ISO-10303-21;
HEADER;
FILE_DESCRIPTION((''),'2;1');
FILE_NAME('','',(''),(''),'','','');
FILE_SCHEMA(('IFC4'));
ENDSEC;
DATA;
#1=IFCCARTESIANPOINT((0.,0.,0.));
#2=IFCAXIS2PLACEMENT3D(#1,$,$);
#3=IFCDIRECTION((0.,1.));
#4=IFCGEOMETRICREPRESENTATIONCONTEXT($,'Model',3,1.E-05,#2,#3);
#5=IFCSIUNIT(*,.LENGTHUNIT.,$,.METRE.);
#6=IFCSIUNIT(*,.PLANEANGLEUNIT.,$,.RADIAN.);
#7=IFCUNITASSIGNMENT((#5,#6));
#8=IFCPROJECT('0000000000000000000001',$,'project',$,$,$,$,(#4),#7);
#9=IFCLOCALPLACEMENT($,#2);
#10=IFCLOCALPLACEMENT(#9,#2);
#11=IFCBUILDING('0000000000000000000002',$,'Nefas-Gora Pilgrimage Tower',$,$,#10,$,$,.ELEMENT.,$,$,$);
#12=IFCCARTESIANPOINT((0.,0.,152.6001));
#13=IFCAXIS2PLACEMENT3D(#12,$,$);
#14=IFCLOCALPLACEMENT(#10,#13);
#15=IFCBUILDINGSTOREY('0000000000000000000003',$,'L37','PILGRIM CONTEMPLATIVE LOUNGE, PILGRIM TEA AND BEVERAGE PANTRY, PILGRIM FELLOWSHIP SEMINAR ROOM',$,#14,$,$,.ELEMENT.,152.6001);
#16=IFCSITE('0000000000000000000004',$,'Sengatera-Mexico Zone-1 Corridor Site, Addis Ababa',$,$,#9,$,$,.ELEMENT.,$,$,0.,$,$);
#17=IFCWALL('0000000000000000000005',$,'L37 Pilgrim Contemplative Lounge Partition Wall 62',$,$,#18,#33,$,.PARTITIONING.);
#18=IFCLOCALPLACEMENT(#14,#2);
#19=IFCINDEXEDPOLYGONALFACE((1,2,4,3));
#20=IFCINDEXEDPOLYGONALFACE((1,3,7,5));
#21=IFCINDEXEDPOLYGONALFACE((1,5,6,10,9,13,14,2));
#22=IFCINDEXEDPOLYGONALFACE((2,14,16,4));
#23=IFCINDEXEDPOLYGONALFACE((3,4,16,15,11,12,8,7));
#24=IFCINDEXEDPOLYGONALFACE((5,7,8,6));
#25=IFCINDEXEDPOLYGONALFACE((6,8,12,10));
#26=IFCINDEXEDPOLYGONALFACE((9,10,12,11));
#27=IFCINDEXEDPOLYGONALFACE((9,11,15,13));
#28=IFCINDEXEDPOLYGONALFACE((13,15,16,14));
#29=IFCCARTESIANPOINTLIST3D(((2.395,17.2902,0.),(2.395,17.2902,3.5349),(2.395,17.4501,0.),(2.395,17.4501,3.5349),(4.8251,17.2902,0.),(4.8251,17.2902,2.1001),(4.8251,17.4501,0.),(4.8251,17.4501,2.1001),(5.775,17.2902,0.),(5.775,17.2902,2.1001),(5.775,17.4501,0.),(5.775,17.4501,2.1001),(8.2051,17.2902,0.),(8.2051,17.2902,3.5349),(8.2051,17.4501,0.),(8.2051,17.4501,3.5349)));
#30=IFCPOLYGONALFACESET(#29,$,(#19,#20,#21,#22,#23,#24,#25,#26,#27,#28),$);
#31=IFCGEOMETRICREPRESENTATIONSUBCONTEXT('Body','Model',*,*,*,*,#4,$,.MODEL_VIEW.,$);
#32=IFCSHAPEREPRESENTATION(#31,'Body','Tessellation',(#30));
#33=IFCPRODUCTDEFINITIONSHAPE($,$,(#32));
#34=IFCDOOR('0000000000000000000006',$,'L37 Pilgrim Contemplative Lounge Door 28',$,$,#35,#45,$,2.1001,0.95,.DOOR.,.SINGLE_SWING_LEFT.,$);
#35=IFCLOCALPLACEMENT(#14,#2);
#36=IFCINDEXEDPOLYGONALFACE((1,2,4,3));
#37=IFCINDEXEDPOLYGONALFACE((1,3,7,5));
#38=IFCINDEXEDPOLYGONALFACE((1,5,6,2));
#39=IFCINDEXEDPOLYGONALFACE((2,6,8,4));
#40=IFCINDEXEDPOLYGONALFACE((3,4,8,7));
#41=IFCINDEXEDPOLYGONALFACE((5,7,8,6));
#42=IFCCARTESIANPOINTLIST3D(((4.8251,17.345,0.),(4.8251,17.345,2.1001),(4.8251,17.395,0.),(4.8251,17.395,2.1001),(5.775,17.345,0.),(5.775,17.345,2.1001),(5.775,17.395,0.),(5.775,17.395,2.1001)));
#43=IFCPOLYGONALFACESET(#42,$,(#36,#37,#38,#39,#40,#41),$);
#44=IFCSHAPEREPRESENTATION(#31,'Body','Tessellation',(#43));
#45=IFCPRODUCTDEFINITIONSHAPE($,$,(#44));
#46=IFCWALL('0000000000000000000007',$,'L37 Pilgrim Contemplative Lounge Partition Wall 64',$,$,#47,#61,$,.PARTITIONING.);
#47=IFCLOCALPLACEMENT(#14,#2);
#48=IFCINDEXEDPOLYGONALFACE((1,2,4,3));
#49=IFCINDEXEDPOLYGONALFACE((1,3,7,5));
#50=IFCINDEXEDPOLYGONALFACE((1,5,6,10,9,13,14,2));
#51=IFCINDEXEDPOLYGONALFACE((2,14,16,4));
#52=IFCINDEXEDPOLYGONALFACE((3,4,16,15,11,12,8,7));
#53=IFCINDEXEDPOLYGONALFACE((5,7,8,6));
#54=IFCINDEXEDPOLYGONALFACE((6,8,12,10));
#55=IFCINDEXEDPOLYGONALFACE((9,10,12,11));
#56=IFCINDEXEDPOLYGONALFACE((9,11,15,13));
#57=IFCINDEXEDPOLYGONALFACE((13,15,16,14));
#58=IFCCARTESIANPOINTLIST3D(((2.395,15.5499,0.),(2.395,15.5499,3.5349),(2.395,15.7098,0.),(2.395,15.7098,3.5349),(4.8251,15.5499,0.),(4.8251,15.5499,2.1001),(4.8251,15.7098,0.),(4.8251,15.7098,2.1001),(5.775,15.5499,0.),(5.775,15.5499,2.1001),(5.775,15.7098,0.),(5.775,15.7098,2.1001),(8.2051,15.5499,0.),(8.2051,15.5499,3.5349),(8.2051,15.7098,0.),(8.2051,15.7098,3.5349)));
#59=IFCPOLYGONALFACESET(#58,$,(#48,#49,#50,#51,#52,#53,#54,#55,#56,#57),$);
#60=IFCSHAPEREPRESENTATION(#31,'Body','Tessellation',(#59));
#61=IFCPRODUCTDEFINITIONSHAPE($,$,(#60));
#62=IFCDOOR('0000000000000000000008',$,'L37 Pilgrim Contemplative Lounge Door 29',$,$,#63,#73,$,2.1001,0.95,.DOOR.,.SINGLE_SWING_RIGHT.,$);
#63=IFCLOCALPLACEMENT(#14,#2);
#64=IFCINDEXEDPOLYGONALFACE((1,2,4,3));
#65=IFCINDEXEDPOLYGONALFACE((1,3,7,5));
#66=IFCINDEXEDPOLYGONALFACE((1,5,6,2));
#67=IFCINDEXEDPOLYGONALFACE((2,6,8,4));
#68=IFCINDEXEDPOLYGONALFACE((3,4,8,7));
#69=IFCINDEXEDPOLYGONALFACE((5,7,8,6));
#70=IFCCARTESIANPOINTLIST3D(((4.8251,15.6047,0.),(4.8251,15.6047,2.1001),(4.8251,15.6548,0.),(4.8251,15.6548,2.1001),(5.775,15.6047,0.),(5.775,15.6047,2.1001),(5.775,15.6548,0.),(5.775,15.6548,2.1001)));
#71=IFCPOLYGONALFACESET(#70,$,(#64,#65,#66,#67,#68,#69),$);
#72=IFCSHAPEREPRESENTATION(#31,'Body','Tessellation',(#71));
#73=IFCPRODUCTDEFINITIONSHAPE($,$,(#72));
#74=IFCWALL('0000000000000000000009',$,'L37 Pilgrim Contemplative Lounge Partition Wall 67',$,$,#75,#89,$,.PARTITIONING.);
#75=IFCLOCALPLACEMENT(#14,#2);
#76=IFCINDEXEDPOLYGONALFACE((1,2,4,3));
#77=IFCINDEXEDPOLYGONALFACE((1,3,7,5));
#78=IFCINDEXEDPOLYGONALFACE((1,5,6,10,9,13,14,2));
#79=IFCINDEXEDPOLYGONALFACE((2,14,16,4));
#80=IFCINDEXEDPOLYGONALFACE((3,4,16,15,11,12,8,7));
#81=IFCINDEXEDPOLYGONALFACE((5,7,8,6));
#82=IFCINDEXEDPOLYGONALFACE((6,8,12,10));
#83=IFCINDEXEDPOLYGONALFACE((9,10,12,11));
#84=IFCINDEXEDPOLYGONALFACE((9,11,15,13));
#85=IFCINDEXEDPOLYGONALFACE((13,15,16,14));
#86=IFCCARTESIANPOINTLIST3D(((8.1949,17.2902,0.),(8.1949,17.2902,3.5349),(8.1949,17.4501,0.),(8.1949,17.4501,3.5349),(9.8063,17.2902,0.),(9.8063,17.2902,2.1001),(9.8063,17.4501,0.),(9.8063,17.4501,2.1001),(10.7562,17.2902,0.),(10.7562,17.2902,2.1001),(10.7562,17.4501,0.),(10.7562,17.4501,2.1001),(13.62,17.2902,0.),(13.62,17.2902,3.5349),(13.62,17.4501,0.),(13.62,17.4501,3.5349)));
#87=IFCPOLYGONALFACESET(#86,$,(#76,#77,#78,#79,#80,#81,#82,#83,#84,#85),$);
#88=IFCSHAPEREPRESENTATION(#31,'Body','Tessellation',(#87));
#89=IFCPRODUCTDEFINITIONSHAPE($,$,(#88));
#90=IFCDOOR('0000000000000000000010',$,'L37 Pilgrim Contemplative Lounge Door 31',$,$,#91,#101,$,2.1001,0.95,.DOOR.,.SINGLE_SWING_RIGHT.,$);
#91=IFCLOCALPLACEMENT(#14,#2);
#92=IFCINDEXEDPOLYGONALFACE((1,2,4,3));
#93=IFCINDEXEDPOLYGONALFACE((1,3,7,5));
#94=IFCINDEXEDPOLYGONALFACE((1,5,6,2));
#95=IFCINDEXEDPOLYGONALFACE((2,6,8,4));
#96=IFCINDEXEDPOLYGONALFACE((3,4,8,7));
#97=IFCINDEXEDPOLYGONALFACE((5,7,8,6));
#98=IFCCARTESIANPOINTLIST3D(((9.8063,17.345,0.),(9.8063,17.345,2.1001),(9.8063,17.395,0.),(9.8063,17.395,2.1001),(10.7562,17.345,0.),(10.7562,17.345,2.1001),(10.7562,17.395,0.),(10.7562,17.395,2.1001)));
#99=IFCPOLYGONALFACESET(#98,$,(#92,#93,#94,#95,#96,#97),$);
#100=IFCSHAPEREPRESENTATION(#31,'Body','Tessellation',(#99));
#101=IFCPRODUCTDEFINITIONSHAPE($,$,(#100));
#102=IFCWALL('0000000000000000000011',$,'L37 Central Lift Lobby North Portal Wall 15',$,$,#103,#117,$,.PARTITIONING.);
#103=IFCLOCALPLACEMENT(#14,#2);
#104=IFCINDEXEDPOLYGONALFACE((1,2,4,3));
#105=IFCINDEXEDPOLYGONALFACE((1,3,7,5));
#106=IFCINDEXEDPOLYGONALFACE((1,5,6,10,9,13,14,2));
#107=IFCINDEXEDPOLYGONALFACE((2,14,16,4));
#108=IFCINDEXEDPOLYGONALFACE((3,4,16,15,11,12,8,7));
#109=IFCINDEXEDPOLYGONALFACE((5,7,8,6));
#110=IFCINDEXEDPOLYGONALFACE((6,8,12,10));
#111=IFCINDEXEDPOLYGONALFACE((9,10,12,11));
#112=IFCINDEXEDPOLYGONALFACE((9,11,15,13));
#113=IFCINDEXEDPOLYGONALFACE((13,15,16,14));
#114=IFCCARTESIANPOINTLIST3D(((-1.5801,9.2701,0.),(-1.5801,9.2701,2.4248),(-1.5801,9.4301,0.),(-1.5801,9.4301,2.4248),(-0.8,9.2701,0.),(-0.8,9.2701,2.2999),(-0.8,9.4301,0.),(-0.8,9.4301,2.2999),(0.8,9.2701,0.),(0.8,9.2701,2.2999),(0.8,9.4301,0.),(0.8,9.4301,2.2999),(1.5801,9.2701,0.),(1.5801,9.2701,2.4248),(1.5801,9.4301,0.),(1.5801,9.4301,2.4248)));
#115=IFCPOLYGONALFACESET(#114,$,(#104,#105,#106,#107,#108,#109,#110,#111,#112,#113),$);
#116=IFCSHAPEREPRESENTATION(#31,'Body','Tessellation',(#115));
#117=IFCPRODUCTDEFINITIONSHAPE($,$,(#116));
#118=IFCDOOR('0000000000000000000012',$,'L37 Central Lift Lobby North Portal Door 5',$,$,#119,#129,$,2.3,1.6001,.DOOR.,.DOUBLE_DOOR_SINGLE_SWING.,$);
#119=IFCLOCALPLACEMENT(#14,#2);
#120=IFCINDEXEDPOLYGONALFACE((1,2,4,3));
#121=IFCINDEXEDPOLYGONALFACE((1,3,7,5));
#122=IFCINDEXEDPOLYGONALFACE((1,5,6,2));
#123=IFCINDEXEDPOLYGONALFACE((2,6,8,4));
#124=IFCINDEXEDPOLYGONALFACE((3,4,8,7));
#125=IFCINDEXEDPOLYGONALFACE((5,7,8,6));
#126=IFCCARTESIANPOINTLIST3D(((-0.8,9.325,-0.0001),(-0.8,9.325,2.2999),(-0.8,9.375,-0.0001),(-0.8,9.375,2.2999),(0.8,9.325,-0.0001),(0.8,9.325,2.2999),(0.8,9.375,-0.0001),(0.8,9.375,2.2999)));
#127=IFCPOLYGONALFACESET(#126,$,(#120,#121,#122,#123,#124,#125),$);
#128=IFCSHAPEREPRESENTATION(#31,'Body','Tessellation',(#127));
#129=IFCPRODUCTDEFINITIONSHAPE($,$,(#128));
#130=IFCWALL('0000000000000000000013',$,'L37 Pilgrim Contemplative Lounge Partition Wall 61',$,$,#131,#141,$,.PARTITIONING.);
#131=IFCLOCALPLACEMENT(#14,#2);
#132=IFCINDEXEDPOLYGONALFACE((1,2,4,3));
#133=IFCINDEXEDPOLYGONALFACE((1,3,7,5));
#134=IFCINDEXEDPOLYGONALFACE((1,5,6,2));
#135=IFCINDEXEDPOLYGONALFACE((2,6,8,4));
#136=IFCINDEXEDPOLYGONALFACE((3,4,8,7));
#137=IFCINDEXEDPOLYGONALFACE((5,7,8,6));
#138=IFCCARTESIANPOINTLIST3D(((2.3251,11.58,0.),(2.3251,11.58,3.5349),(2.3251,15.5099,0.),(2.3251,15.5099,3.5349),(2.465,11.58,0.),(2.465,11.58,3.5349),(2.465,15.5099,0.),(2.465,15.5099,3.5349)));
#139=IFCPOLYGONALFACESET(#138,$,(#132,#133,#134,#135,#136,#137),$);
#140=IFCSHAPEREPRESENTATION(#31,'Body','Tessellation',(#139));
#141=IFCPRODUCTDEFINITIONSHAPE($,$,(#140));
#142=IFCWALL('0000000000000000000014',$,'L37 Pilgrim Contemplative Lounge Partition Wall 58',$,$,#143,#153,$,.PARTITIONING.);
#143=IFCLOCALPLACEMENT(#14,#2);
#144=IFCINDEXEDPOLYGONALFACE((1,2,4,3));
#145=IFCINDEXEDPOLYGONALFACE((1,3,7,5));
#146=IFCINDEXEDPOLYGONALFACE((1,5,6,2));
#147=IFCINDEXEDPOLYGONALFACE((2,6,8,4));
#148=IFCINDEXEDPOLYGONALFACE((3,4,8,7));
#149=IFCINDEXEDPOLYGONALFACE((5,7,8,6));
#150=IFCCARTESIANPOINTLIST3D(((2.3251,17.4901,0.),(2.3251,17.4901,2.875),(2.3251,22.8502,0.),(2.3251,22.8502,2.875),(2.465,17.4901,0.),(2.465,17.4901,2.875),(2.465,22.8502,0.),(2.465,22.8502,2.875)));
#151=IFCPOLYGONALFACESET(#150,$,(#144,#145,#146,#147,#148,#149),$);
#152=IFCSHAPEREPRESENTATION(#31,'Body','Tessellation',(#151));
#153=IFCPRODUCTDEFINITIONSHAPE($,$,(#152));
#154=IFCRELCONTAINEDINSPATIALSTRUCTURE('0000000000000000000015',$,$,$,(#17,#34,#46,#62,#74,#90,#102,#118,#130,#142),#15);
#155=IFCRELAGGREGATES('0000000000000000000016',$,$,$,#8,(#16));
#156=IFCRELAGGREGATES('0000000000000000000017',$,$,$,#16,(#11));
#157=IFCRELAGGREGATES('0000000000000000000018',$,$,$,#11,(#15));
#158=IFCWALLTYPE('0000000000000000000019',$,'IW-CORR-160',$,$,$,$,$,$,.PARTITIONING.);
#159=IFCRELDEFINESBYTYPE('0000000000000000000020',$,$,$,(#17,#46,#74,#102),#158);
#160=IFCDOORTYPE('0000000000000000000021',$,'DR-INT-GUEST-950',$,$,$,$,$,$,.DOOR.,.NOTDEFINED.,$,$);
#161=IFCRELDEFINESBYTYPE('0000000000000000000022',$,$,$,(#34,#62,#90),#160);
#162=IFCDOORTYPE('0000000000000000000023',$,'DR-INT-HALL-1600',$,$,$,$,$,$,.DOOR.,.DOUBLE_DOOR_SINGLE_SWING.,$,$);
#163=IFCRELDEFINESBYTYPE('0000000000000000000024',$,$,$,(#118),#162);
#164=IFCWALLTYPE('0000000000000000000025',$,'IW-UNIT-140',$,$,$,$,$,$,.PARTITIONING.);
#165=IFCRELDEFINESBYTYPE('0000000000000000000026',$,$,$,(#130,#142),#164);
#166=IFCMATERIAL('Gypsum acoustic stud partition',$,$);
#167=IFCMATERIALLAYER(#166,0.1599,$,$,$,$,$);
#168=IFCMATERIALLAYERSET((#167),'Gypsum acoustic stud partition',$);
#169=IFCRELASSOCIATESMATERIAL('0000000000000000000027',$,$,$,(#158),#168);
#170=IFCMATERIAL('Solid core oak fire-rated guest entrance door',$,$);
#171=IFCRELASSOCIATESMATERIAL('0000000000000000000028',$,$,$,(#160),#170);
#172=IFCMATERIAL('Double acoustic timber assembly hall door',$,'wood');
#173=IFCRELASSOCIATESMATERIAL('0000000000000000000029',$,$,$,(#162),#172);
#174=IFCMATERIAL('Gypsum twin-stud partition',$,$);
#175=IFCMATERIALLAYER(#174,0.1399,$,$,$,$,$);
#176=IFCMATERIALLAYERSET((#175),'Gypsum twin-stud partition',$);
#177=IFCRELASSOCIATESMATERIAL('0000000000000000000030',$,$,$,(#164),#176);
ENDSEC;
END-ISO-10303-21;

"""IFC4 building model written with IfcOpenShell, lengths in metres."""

from ifc_helpers import new_model, si_unit, direction, frame, frame_2d, origin, place, context, subcontext, project, spatial, rectangle, extrude, source, transform, mapped, material, layer, layer_set, type_object, element, fill, save


model = new_model("IFC4")

# Units and contexts
model_context = context("Model", 3, precision=1e-05, world=origin(), true_north=direction((0.0, 1.0)))
body_context = subcontext(model_context, "Body", "Model", "MODEL_VIEW")
ifc_project = project(units=[si_unit("LENGTHUNIT", "METRE"), si_unit("PLANEANGLEUNIT", "RADIAN")], contexts=[model_context])

# Site, building, storey
site_placement = place(None, origin())
site = spatial("IfcSite", under=ifc_project, at=site_placement, Name="Sengatera-Mexico Zone-1 Corridor Site, Addis Ababa", CompositionType="ELEMENT", RefElevation=0.0)
building_placement = place(site_placement, origin())
building = spatial("IfcBuilding", under=site, at=building_placement, Name="Nefas-Gora Pilgrimage Tower", CompositionType="ELEMENT")
storey_placement = place(building_placement, frame((0.0, 0.0, 152.6001)))
storey = spatial("IfcBuildingStorey", under=building, at=storey_placement, Name="L37", Description="PILGRIM CONTEMPLATIVE LOUNGE, PILGRIM TEA AND BEVERAGE PANTRY, PILGRIM FELLOWSHIP SEMINAR ROOM", CompositionType="ELEMENT", Elevation=152.6001)

# Walls, openings, doors
ifc_material_1 = material(Name="Gypsum acoustic stud partition")
ifc_layer_1 = layer(ifc_material_1, 0.1599)
ifc_layer_set_1 = layer_set([ifc_layer_1], Name="Gypsum acoustic stud partition")
wall_type_1 = type_object("IfcWallType", Name="IW-CORR-160", PredefinedType="PARTITIONING", material=ifc_layer_set_1)
shared_shape_1 = source(origin(), body_context, "Body", "SweptSolid", [
    extrude(rectangle(XDim=5.8101, YDim=0.1599, at=frame_2d((2.905, 0.0))), origin(), (0.0, 0.0, 1.0), 3.5349),
])
wall_1_placement = place(storey_placement, frame((2.395, 17.3701, 0.0), z_axis=(0.0, 0.0, 1.0), x_axis=(1.0, 0.0, 0.0)))
wall_1 = element("IfcWall", 1, at=wall_1_placement, inside=storey, type_object=wall_type_1, Name="L37 Pilgrim Contemplative Lounge Partition Wall 62", PredefinedType="PARTITIONING", context=body_context, shape_type="MappedRepresentation", body=[
    mapped(shared_shape_1, transform((0.0, 0.0, 0.0), x_axis=(1.0, 0.0, 0.0), y_axis=(0.0, 1.0, 0.0), z_axis=(0.0, 0.0, 1.0), scale=1.0)),
])
opening_1_placement = place(wall_1_placement, frame((2.4299, 0.0, 0.0)))
opening_1 = element("IfcOpeningElement", 2, at=opening_1_placement, cuts=wall_1, PredefinedType="OPENING", context=body_context, shape_type="SweptSolid", body=[
    extrude(rectangle(XDim=0.95, YDim=2.1001, at=frame_2d((0.4751, 1.05))), frame((0.0, 0.0898, 0.0), z_axis=(0.0, -1.0, 0.0), x_axis=(1.0, 0.0, 0.0)), (0.0, 0.0, 1.0), 0.1799),
])
ifc_material_2 = material(Name="Solid core oak fire-rated guest entrance door")
door_type_1 = type_object("IfcDoorType", Name="DR-INT-GUEST-950", OperationType="NOTDEFINED", PredefinedType="DOOR", material=ifc_material_2)
shared_shape_2 = source(origin(), body_context, "Body", "SweptSolid", [
    extrude(rectangle(XDim=0.95, YDim=2.1001, at=frame_2d((0.4751, 1.05))), frame((0.0, 0.0249, 0.0), z_axis=(0.0, -1.0, 0.0), x_axis=(1.0, 0.0, 0.0)), (0.0, 0.0, 1.0), 0.05),
])
door_1_placement = place(opening_1_placement, origin())
door_1 = element("IfcDoor", 3, at=door_1_placement, inside=storey, type_object=door_type_1, Name="L37 Pilgrim Contemplative Lounge Door 28", OperationType="SINGLE_SWING_LEFT", OverallHeight=2.1001, OverallWidth=0.95, PredefinedType="DOOR", context=body_context, shape_type="MappedRepresentation", body=[
    mapped(shared_shape_2, transform((0.0, 0.0, 0.0), x_axis=(1.0, 0.0, 0.0), y_axis=(0.0, 1.0, 0.0), z_axis=(0.0, 0.0, 1.0), scale=1.0)),
])
fill(opening_1, door_1)
wall_2_placement = place(storey_placement, frame((2.395, 15.6299, 0.0), z_axis=(0.0, 0.0, 1.0), x_axis=(1.0, 0.0, 0.0)))
wall_2 = element("IfcWall", 4, at=wall_2_placement, inside=storey, type_object=wall_type_1, Name="L37 Pilgrim Contemplative Lounge Partition Wall 64", PredefinedType="PARTITIONING", context=body_context, shape_type="MappedRepresentation", body=[
    mapped(shared_shape_1, transform((0.0, 0.0, 0.0), x_axis=(1.0, 0.0, 0.0), y_axis=(0.0, 1.0, 0.0), z_axis=(0.0, 0.0, 1.0), scale=1.0)),
])
opening_2_placement = place(wall_2_placement, frame((2.4299, 0.0, 0.0)))
opening_2 = element("IfcOpeningElement", 5, at=opening_2_placement, cuts=wall_2, PredefinedType="OPENING", context=body_context, shape_type="SweptSolid", body=[
    extrude(rectangle(XDim=0.95, YDim=2.1001, at=frame_2d((0.4751, 1.05))), frame((0.0, 0.0898, 0.0), z_axis=(0.0, -1.0, 0.0), x_axis=(1.0, 0.0, 0.0)), (0.0, 0.0, 1.0), 0.1799),
])
door_2_placement = place(opening_2_placement, origin())
door_2 = element("IfcDoor", 6, at=door_2_placement, inside=storey, type_object=door_type_1, Name="L37 Pilgrim Contemplative Lounge Door 29", OperationType="SINGLE_SWING_RIGHT", OverallHeight=2.1001, OverallWidth=0.95, PredefinedType="DOOR", context=body_context, shape_type="MappedRepresentation", body=[
    mapped(shared_shape_2, transform((0.0, 0.0, 0.0), x_axis=(1.0, 0.0, 0.0), y_axis=(0.0, 1.0, 0.0), z_axis=(0.0, 0.0, 1.0), scale=1.0)),
])
fill(opening_2, door_2)
shared_shape_3 = source(origin(), body_context, "Body", "SweptSolid", [
    extrude(rectangle(XDim=5.425, YDim=0.1599, at=frame_2d((2.7124, 0.0))), origin(), (0.0, 0.0, 1.0), 3.5349),
])
wall_3_placement = place(storey_placement, frame((8.1951, 17.3701, 0.0), z_axis=(0.0, 0.0, 1.0), x_axis=(1.0, 0.0, 0.0)))
wall_3 = element("IfcWall", 7, at=wall_3_placement, inside=storey, type_object=wall_type_1, Name="L37 Pilgrim Contemplative Lounge Partition Wall 67", PredefinedType="PARTITIONING", context=body_context, shape_type="MappedRepresentation", body=[
    mapped(shared_shape_3, transform((0.0, 0.0, 0.0), x_axis=(1.0, 0.0, 0.0), y_axis=(0.0, 1.0, 0.0), z_axis=(0.0, 0.0, 1.0), scale=1.0)),
])
opening_3_placement = place(wall_3_placement, frame((1.6111, 0.0, 0.0)))
opening_3 = element("IfcOpeningElement", 8, at=opening_3_placement, cuts=wall_3, PredefinedType="OPENING", context=body_context, shape_type="SweptSolid", body=[
    extrude(rectangle(XDim=0.95, YDim=2.1001, at=frame_2d((0.4751, 1.05))), frame((0.0, 0.0898, 0.0), z_axis=(0.0, -1.0, 0.0), x_axis=(1.0, 0.0, 0.0)), (0.0, 0.0, 1.0), 0.1799),
])
door_3_placement = place(opening_3_placement, origin())
door_3 = element("IfcDoor", 9, at=door_3_placement, inside=storey, type_object=door_type_1, Name="L37 Pilgrim Contemplative Lounge Door 31", OperationType="SINGLE_SWING_RIGHT", OverallHeight=2.1001, OverallWidth=0.95, PredefinedType="DOOR", context=body_context, shape_type="MappedRepresentation", body=[
    mapped(shared_shape_2, transform((0.0, 0.0, 0.0), x_axis=(1.0, 0.0, 0.0), y_axis=(0.0, 1.0, 0.0), z_axis=(0.0, 0.0, 1.0), scale=1.0)),
])
fill(opening_3, door_3)
shared_shape_4 = source(origin(), body_context, "Body", "SweptSolid", [
    extrude(rectangle(XDim=3.1602, YDim=0.1599, at=frame_2d((1.5801, 0.0))), origin(), (0.0, 0.0, 1.0), 2.4248),
])
wall_4_placement = place(storey_placement, frame((-1.5801, 9.3501, 0.0), z_axis=(0.0, 0.0, 1.0), x_axis=(1.0, 0.0, 0.0)))
wall_4 = element("IfcWall", 10, at=wall_4_placement, inside=storey, type_object=wall_type_1, Name="L37 Central Lift Lobby North Portal Wall 15", PredefinedType="PARTITIONING", context=body_context, shape_type="MappedRepresentation", body=[
    mapped(shared_shape_4, transform((0.0, 0.0, 0.0), x_axis=(1.0, 0.0, 0.0), y_axis=(0.0, 1.0, 0.0), z_axis=(0.0, 0.0, 1.0), scale=1.0)),
])
opening_4_placement = place(wall_4_placement, frame((0.78, 0.0, 0.0)))
opening_4 = element("IfcOpeningElement", 11, at=opening_4_placement, cuts=wall_4, PredefinedType="OPENING", context=body_context, shape_type="SweptSolid", body=[
    extrude(rectangle(XDim=1.6001, YDim=2.3, at=frame_2d((0.8, 1.1499))), frame((0.0, 0.0898, 0.0), z_axis=(0.0, -1.0, 0.0), x_axis=(1.0, 0.0, 0.0)), (0.0, 0.0, 1.0), 0.1799),
])
ifc_material_3 = material(Name="Double acoustic timber assembly hall door", Category="wood")
door_type_2 = type_object("IfcDoorType", Name="DR-INT-HALL-1600", OperationType="DOUBLE_DOOR_SINGLE_SWING", PredefinedType="DOOR", material=ifc_material_3)
shared_shape_5 = source(origin(), body_context, "Body", "SweptSolid", [
    extrude(rectangle(XDim=1.6001, YDim=2.3, at=frame_2d((0.8, 1.1499))), frame((0.0, 0.0249, 0.0), z_axis=(0.0, -1.0, 0.0), x_axis=(1.0, 0.0, 0.0)), (0.0, 0.0, 1.0), 0.05),
])
door_4_placement = place(opening_4_placement, origin())
door_4 = element("IfcDoor", 12, at=door_4_placement, inside=storey, type_object=door_type_2, Name="L37 Central Lift Lobby North Portal Door 5", OperationType="DOUBLE_DOOR_SINGLE_SWING", OverallHeight=2.3, OverallWidth=1.6001, PredefinedType="DOOR", context=body_context, shape_type="MappedRepresentation", body=[
    mapped(shared_shape_5, transform((0.0, 0.0, 0.0), x_axis=(1.0, 0.0, 0.0), y_axis=(0.0, 1.0, 0.0), z_axis=(0.0, 0.0, 1.0), scale=1.0)),
])
fill(opening_4, door_4)

# Walls
ifc_material_4 = material(Name="Gypsum twin-stud partition")
ifc_layer_2 = layer(ifc_material_4, 0.1399)
ifc_layer_set_2 = layer_set([ifc_layer_2], Name="Gypsum twin-stud partition")
wall_type_2 = type_object("IfcWallType", Name="IW-UNIT-140", PredefinedType="PARTITIONING", material=ifc_layer_set_2)
shared_shape_6 = source(origin(), body_context, "Body", "SweptSolid", [
    extrude(rectangle(XDim=3.9299, YDim=0.1399, at=frame_2d((1.9648, 0.0))), origin(), (0.0, 0.0, 1.0), 3.5349),
])
wall_5_placement = place(storey_placement, frame((2.395, 11.5801, 0.0), z_axis=(0.0, 0.0, 1.0), x_axis=(0.0, 1.0, 0.0)))
element("IfcWall", 13, at=wall_5_placement, inside=storey, type_object=wall_type_2, Name="L37 Pilgrim Contemplative Lounge Partition Wall 61", PredefinedType="PARTITIONING", context=body_context, shape_type="MappedRepresentation", body=[
    mapped(shared_shape_6, transform((0.0, 0.0, 0.0), x_axis=(1.0, 0.0, 0.0), y_axis=(0.0, 1.0, 0.0), z_axis=(0.0, 0.0, 1.0), scale=1.0)),
])
shared_shape_7 = source(origin(), body_context, "Body", "SweptSolid", [
    extrude(rectangle(XDim=5.3601, YDim=0.1399, at=frame_2d((2.6802, 0.0))), origin(), (0.0, 0.0, 1.0), 2.875),
])
wall_6_placement = place(storey_placement, frame((2.395, 17.49, 0.0), z_axis=(0.0, 0.0, 1.0), x_axis=(0.0, 1.0, 0.0)))
element("IfcWall", 14, at=wall_6_placement, inside=storey, type_object=wall_type_2, Name="L37 Pilgrim Contemplative Lounge Partition Wall 58", PredefinedType="PARTITIONING", context=body_context, shape_type="MappedRepresentation", body=[
    mapped(shared_shape_7, transform((0.0, 0.0, 0.0), x_axis=(1.0, 0.0, 0.0), y_axis=(0.0, 1.0, 0.0), z_axis=(0.0, 0.0, 1.0), scale=1.0)),
])

save(model, "model.ifc")
